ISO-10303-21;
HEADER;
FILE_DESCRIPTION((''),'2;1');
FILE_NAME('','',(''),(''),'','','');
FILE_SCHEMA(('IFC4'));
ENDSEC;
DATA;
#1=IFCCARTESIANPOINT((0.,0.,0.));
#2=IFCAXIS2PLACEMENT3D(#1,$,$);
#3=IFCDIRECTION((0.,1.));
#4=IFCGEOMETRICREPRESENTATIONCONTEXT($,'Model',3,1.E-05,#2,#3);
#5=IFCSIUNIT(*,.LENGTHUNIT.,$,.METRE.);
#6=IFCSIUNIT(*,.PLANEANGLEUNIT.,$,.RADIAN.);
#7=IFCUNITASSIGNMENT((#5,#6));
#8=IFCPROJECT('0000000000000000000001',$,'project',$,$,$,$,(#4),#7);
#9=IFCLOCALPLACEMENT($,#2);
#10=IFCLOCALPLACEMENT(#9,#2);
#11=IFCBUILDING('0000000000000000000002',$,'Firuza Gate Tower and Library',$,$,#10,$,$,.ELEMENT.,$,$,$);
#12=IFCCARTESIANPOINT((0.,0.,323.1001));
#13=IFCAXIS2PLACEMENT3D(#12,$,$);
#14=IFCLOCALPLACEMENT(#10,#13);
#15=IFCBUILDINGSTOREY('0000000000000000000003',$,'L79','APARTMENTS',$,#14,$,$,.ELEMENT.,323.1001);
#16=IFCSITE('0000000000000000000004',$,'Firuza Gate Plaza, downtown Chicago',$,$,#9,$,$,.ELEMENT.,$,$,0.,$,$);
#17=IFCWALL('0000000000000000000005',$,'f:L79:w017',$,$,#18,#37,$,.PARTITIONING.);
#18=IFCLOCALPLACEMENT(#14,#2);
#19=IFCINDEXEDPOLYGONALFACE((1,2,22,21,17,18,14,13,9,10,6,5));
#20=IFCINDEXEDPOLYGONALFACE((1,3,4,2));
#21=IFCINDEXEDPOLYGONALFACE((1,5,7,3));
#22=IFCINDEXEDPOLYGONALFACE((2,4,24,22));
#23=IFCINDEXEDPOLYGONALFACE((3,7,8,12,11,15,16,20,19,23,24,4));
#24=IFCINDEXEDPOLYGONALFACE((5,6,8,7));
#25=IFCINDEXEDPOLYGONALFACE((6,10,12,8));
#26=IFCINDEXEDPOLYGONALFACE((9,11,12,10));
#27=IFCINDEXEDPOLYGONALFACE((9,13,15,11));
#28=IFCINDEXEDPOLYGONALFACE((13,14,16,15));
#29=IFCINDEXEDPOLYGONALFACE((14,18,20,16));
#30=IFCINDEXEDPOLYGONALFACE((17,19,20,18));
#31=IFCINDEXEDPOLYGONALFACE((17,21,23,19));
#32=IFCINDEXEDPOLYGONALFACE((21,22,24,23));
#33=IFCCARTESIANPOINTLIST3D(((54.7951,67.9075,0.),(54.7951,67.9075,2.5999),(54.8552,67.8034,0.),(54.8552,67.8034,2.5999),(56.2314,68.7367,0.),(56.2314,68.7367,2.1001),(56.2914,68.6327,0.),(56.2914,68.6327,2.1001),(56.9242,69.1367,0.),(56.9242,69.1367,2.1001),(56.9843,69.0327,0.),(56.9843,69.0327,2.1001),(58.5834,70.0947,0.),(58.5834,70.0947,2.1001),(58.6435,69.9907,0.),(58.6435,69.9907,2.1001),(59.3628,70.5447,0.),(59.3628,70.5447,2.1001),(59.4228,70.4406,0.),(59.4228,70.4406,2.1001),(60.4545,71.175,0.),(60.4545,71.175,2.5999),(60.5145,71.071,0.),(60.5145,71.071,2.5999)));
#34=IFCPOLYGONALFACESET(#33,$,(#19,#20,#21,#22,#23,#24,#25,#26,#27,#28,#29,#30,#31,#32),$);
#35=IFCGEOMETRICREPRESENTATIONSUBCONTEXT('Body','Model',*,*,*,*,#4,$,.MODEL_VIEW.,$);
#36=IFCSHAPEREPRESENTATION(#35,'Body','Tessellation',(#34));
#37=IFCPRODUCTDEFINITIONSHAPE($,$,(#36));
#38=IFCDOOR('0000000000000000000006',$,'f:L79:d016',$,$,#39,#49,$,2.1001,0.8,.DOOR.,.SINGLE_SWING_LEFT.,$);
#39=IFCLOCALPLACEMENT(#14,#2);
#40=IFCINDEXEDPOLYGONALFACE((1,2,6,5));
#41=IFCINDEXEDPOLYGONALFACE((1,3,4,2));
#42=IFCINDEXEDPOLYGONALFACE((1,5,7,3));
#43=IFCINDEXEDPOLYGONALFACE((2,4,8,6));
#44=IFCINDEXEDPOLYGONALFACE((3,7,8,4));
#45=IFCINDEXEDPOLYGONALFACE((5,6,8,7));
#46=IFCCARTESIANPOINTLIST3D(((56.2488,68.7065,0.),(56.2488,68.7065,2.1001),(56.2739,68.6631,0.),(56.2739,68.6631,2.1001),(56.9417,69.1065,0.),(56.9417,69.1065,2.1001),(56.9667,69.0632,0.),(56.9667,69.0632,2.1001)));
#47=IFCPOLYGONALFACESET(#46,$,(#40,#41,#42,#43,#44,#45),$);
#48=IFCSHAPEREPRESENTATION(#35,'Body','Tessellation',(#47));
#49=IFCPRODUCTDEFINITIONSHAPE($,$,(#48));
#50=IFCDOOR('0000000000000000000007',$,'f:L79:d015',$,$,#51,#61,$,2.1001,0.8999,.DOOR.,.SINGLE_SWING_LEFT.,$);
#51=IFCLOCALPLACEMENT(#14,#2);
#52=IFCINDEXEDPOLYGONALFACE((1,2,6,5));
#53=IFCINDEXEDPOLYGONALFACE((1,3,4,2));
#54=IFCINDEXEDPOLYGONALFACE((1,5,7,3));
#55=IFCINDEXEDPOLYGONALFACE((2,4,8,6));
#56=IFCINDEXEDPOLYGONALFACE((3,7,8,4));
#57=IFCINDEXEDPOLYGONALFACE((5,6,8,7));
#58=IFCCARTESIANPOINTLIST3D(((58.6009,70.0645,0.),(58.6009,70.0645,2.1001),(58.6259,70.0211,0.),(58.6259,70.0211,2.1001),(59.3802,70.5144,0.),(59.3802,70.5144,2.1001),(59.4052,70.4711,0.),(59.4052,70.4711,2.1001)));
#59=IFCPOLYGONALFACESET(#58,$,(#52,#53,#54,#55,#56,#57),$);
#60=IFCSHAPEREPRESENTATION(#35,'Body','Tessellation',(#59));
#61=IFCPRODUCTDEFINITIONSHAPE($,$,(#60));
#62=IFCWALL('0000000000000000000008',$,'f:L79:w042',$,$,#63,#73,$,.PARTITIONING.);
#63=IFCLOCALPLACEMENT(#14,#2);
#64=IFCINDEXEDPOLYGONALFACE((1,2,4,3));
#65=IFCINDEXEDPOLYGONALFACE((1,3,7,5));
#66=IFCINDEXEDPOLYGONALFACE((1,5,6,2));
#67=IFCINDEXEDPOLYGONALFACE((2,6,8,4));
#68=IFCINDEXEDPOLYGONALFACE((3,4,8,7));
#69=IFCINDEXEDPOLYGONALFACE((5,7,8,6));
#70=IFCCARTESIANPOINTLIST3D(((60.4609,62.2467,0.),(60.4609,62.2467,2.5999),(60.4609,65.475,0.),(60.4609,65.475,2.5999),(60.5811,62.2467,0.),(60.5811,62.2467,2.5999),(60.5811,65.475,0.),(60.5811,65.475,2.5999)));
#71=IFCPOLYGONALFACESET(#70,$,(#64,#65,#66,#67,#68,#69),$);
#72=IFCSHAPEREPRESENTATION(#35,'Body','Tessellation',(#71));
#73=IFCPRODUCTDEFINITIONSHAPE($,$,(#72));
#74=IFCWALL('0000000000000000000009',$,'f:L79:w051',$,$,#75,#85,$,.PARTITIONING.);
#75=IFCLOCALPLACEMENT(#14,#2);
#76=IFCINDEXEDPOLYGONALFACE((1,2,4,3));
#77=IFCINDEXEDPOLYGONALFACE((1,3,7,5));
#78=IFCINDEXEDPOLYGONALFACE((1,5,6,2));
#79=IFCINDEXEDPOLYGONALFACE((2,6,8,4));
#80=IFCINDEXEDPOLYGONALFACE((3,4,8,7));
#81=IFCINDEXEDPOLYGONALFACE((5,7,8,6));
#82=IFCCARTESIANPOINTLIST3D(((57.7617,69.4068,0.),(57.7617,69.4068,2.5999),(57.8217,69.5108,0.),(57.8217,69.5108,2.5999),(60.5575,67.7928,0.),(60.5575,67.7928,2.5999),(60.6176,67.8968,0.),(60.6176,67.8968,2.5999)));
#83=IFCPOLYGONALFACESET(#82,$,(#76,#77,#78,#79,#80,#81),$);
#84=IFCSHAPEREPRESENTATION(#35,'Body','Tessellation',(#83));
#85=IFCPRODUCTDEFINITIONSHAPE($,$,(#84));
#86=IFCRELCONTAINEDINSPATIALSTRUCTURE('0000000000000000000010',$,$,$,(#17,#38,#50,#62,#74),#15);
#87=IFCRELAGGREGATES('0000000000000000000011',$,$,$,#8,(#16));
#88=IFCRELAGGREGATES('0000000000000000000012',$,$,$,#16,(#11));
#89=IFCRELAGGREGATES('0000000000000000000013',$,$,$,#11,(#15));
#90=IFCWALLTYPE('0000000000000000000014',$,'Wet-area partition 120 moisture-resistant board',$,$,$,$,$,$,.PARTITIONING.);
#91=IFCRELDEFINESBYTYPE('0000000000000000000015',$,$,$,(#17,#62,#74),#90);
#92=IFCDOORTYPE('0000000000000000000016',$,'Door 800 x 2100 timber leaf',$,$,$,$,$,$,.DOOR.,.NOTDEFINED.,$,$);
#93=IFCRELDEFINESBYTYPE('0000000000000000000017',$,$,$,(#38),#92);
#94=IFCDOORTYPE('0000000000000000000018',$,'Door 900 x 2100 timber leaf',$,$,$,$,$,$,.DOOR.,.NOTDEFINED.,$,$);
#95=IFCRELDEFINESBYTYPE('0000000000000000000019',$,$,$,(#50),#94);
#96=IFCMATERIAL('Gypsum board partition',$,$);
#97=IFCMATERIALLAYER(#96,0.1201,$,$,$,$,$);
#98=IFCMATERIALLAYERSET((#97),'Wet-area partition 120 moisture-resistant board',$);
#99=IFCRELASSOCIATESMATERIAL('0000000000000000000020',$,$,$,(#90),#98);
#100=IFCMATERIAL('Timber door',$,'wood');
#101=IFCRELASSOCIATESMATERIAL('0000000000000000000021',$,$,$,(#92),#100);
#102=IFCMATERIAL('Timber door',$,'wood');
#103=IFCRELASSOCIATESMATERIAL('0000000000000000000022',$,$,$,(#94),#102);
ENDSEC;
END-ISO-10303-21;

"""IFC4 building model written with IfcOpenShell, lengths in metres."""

from ifc_helpers import new_model, si_unit, direction, frame, frame_2d, origin, place, context, subcontext, project, spatial, rectangle, extrude, material, layer, layer_set, type_object, element, fill, save


model = new_model("IFC4")

# Units and contexts
model_context = context("Model", 3, precision=1e-05, world=origin(), true_north=direction((0.0, 1.0)))
body_context = subcontext(model_context, "Body", "Model", "MODEL_VIEW")
ifc_project = project(units=[si_unit("LENGTHUNIT", "METRE"), si_unit("PLANEANGLEUNIT", "RADIAN")], contexts=[model_context])

# Site, building, storey
site_placement = place(None, origin())
site = spatial("IfcSite", under=ifc_project, at=site_placement, Name="Firuza Gate Plaza, downtown Chicago", CompositionType="ELEMENT", RefElevation=0.0)
building_placement = place(site_placement, origin())
building = spatial("IfcBuilding", under=site, at=building_placement, Name="Firuza Gate Tower and Library", CompositionType="ELEMENT")
storey_placement = place(building_placement, frame((0.0, 0.0, 323.1001)))
storey = spatial("IfcBuildingStorey", under=building, at=storey_placement, Name="L79", Description="APARTMENTS", CompositionType="ELEMENT", Elevation=323.1001)

# Wall, openings, doors
ifc_material_1 = material(Name="Gypsum board partition")
ifc_layer_1 = layer(ifc_material_1, 0.1201)
ifc_layer_set_1 = layer_set([ifc_layer_1], Name="Wet-area partition 120 moisture-resistant board")
wall_type_1 = type_object("IfcWallType", Name="Wet-area partition 120 moisture-resistant board", PredefinedType="PARTITIONING", material=ifc_layer_set_1)
wall_1_placement = place(storey_placement, frame((60.4846, 71.123, 0.0), z_axis=(0.0, 0.0, 1.0), x_axis=(-0.866018, -0.500012, 0.0)))
wall_1 = element("IfcWall", 1, at=wall_1_placement, inside=storey, type_object=wall_type_1, Name="f:L79:w017", PredefinedType="PARTITIONING", context=body_context, shape_type="SweptSolid", body=[
    extrude(rectangle(XDim=6.5349, YDim=0.1201, at=frame_2d((3.2676, 0.0))), origin(), (0.0, 0.0, 1.0), 2.5999),
])
opening_1_placement = place(wall_1_placement, frame((1.2607, 0.0, 0.0)))
opening_1 = element("IfcOpeningElement", 2, at=opening_1_placement, cuts=wall_1, PredefinedType="OPENING", context=body_context, shape_type="SweptSolid", body=[
    extrude(rectangle(XDim=0.8999, YDim=2.1001, at=frame_2d((0.45, 1.05))), frame((0.0, 0.0701, 0.0), z_axis=(0.0, -1.0, 0.0), x_axis=(1.0, 0.0, 0.0)), (0.0, 0.0, 1.0), 0.1401),
])
opening_2_placement = place(wall_1_placement, frame((4.0767, 0.0, 0.0)))
opening_2 = element("IfcOpeningElement", 3, at=opening_2_placement, cuts=wall_1, PredefinedType="OPENING", context=body_context, shape_type="SweptSolid", body=[
    extrude(rectangle(XDim=0.8, YDim=2.1001, at=frame_2d((0.3999, 1.05))), frame((0.0, 0.0701, 0.0), z_axis=(0.0, -1.0, 0.0), x_axis=(1.0, 0.0, 0.0)), (0.0, 0.0, 1.0), 0.1401),
])
ifc_material_2 = material(Name="Timber door", Category="wood")
door_type_1 = type_object("IfcDoorType", Name="Door 800 x 2100 timber leaf", OperationType="NOTDEFINED", PredefinedType="DOOR", material=ifc_material_2)
door_1_placement = place(opening_2_placement, origin())
door_1 = element("IfcDoor", 4, at=door_1_placement, inside=storey, type_object=door_type_1, Name="f:L79:d016", OperationType="SINGLE_SWING_LEFT", OverallHeight=2.1001, OverallWidth=0.8, PredefinedType="DOOR", context=body_context, shape_type="SweptSolid", body=[
    extrude(rectangle(XDim=0.8, YDim=2.1001, at=frame_2d((0.3999, 1.05))), frame((0.0, 0.0249, 0.0), z_axis=(0.0, -1.0, 0.0), x_axis=(1.0, 0.0, 0.0)), (0.0, 0.0, 1.0), 0.05),
])
fill(opening_2, door_1)
ifc_material_3 = material(Name="Timber door", Category="wood")
door_type_2 = type_object("IfcDoorType", Name="Door 900 x 2100 timber leaf", OperationType="NOTDEFINED", PredefinedType="DOOR", material=ifc_material_3)
door_2_placement = place(opening_1_placement, origin())
door_2 = element("IfcDoor", 5, at=door_2_placement, inside=storey, type_object=door_type_2, Name="f:L79:d015", OperationType="SINGLE_SWING_LEFT", OverallHeight=2.1001, OverallWidth=0.8999, PredefinedType="DOOR", context=body_context, shape_type="SweptSolid", body=[
    extrude(rectangle(XDim=0.8999, YDim=2.1001, at=frame_2d((0.45, 1.05))), frame((0.0, 0.0249, 0.0), z_axis=(0.0, -1.0, 0.0), x_axis=(1.0, 0.0, 0.0)), (0.0, 0.0, 1.0), 0.05),
])
fill(opening_1, door_2)

# Walls
for number, where, z_axis, x_axis, name in (
    (6, (60.521, 62.2466, 0.0), (0.0, 0.0, 1.0), (0.0, 1.0, 0.0), "f:L79:w042"),
    (7, (60.5876, 67.8447, 0.0), (0.0, 0.0, 1.0), (-0.866052, 0.499954, 0.0), "f:L79:w051"),
):
    element("IfcWall", number, at=place(storey_placement, frame(where, z_axis=z_axis, x_axis=x_axis)), inside=storey, type_object=wall_type_1, Name=name, PredefinedType="PARTITIONING", context=body_context, shape_type="SweptSolid", body=[
        extrude(rectangle(XDim=3.2283, YDim=0.1201, at=frame_2d((1.6143, 0.0))), origin(), (0.0, 0.0, 1.0), 2.5999),
    ])

save(model, "model.ifc")
